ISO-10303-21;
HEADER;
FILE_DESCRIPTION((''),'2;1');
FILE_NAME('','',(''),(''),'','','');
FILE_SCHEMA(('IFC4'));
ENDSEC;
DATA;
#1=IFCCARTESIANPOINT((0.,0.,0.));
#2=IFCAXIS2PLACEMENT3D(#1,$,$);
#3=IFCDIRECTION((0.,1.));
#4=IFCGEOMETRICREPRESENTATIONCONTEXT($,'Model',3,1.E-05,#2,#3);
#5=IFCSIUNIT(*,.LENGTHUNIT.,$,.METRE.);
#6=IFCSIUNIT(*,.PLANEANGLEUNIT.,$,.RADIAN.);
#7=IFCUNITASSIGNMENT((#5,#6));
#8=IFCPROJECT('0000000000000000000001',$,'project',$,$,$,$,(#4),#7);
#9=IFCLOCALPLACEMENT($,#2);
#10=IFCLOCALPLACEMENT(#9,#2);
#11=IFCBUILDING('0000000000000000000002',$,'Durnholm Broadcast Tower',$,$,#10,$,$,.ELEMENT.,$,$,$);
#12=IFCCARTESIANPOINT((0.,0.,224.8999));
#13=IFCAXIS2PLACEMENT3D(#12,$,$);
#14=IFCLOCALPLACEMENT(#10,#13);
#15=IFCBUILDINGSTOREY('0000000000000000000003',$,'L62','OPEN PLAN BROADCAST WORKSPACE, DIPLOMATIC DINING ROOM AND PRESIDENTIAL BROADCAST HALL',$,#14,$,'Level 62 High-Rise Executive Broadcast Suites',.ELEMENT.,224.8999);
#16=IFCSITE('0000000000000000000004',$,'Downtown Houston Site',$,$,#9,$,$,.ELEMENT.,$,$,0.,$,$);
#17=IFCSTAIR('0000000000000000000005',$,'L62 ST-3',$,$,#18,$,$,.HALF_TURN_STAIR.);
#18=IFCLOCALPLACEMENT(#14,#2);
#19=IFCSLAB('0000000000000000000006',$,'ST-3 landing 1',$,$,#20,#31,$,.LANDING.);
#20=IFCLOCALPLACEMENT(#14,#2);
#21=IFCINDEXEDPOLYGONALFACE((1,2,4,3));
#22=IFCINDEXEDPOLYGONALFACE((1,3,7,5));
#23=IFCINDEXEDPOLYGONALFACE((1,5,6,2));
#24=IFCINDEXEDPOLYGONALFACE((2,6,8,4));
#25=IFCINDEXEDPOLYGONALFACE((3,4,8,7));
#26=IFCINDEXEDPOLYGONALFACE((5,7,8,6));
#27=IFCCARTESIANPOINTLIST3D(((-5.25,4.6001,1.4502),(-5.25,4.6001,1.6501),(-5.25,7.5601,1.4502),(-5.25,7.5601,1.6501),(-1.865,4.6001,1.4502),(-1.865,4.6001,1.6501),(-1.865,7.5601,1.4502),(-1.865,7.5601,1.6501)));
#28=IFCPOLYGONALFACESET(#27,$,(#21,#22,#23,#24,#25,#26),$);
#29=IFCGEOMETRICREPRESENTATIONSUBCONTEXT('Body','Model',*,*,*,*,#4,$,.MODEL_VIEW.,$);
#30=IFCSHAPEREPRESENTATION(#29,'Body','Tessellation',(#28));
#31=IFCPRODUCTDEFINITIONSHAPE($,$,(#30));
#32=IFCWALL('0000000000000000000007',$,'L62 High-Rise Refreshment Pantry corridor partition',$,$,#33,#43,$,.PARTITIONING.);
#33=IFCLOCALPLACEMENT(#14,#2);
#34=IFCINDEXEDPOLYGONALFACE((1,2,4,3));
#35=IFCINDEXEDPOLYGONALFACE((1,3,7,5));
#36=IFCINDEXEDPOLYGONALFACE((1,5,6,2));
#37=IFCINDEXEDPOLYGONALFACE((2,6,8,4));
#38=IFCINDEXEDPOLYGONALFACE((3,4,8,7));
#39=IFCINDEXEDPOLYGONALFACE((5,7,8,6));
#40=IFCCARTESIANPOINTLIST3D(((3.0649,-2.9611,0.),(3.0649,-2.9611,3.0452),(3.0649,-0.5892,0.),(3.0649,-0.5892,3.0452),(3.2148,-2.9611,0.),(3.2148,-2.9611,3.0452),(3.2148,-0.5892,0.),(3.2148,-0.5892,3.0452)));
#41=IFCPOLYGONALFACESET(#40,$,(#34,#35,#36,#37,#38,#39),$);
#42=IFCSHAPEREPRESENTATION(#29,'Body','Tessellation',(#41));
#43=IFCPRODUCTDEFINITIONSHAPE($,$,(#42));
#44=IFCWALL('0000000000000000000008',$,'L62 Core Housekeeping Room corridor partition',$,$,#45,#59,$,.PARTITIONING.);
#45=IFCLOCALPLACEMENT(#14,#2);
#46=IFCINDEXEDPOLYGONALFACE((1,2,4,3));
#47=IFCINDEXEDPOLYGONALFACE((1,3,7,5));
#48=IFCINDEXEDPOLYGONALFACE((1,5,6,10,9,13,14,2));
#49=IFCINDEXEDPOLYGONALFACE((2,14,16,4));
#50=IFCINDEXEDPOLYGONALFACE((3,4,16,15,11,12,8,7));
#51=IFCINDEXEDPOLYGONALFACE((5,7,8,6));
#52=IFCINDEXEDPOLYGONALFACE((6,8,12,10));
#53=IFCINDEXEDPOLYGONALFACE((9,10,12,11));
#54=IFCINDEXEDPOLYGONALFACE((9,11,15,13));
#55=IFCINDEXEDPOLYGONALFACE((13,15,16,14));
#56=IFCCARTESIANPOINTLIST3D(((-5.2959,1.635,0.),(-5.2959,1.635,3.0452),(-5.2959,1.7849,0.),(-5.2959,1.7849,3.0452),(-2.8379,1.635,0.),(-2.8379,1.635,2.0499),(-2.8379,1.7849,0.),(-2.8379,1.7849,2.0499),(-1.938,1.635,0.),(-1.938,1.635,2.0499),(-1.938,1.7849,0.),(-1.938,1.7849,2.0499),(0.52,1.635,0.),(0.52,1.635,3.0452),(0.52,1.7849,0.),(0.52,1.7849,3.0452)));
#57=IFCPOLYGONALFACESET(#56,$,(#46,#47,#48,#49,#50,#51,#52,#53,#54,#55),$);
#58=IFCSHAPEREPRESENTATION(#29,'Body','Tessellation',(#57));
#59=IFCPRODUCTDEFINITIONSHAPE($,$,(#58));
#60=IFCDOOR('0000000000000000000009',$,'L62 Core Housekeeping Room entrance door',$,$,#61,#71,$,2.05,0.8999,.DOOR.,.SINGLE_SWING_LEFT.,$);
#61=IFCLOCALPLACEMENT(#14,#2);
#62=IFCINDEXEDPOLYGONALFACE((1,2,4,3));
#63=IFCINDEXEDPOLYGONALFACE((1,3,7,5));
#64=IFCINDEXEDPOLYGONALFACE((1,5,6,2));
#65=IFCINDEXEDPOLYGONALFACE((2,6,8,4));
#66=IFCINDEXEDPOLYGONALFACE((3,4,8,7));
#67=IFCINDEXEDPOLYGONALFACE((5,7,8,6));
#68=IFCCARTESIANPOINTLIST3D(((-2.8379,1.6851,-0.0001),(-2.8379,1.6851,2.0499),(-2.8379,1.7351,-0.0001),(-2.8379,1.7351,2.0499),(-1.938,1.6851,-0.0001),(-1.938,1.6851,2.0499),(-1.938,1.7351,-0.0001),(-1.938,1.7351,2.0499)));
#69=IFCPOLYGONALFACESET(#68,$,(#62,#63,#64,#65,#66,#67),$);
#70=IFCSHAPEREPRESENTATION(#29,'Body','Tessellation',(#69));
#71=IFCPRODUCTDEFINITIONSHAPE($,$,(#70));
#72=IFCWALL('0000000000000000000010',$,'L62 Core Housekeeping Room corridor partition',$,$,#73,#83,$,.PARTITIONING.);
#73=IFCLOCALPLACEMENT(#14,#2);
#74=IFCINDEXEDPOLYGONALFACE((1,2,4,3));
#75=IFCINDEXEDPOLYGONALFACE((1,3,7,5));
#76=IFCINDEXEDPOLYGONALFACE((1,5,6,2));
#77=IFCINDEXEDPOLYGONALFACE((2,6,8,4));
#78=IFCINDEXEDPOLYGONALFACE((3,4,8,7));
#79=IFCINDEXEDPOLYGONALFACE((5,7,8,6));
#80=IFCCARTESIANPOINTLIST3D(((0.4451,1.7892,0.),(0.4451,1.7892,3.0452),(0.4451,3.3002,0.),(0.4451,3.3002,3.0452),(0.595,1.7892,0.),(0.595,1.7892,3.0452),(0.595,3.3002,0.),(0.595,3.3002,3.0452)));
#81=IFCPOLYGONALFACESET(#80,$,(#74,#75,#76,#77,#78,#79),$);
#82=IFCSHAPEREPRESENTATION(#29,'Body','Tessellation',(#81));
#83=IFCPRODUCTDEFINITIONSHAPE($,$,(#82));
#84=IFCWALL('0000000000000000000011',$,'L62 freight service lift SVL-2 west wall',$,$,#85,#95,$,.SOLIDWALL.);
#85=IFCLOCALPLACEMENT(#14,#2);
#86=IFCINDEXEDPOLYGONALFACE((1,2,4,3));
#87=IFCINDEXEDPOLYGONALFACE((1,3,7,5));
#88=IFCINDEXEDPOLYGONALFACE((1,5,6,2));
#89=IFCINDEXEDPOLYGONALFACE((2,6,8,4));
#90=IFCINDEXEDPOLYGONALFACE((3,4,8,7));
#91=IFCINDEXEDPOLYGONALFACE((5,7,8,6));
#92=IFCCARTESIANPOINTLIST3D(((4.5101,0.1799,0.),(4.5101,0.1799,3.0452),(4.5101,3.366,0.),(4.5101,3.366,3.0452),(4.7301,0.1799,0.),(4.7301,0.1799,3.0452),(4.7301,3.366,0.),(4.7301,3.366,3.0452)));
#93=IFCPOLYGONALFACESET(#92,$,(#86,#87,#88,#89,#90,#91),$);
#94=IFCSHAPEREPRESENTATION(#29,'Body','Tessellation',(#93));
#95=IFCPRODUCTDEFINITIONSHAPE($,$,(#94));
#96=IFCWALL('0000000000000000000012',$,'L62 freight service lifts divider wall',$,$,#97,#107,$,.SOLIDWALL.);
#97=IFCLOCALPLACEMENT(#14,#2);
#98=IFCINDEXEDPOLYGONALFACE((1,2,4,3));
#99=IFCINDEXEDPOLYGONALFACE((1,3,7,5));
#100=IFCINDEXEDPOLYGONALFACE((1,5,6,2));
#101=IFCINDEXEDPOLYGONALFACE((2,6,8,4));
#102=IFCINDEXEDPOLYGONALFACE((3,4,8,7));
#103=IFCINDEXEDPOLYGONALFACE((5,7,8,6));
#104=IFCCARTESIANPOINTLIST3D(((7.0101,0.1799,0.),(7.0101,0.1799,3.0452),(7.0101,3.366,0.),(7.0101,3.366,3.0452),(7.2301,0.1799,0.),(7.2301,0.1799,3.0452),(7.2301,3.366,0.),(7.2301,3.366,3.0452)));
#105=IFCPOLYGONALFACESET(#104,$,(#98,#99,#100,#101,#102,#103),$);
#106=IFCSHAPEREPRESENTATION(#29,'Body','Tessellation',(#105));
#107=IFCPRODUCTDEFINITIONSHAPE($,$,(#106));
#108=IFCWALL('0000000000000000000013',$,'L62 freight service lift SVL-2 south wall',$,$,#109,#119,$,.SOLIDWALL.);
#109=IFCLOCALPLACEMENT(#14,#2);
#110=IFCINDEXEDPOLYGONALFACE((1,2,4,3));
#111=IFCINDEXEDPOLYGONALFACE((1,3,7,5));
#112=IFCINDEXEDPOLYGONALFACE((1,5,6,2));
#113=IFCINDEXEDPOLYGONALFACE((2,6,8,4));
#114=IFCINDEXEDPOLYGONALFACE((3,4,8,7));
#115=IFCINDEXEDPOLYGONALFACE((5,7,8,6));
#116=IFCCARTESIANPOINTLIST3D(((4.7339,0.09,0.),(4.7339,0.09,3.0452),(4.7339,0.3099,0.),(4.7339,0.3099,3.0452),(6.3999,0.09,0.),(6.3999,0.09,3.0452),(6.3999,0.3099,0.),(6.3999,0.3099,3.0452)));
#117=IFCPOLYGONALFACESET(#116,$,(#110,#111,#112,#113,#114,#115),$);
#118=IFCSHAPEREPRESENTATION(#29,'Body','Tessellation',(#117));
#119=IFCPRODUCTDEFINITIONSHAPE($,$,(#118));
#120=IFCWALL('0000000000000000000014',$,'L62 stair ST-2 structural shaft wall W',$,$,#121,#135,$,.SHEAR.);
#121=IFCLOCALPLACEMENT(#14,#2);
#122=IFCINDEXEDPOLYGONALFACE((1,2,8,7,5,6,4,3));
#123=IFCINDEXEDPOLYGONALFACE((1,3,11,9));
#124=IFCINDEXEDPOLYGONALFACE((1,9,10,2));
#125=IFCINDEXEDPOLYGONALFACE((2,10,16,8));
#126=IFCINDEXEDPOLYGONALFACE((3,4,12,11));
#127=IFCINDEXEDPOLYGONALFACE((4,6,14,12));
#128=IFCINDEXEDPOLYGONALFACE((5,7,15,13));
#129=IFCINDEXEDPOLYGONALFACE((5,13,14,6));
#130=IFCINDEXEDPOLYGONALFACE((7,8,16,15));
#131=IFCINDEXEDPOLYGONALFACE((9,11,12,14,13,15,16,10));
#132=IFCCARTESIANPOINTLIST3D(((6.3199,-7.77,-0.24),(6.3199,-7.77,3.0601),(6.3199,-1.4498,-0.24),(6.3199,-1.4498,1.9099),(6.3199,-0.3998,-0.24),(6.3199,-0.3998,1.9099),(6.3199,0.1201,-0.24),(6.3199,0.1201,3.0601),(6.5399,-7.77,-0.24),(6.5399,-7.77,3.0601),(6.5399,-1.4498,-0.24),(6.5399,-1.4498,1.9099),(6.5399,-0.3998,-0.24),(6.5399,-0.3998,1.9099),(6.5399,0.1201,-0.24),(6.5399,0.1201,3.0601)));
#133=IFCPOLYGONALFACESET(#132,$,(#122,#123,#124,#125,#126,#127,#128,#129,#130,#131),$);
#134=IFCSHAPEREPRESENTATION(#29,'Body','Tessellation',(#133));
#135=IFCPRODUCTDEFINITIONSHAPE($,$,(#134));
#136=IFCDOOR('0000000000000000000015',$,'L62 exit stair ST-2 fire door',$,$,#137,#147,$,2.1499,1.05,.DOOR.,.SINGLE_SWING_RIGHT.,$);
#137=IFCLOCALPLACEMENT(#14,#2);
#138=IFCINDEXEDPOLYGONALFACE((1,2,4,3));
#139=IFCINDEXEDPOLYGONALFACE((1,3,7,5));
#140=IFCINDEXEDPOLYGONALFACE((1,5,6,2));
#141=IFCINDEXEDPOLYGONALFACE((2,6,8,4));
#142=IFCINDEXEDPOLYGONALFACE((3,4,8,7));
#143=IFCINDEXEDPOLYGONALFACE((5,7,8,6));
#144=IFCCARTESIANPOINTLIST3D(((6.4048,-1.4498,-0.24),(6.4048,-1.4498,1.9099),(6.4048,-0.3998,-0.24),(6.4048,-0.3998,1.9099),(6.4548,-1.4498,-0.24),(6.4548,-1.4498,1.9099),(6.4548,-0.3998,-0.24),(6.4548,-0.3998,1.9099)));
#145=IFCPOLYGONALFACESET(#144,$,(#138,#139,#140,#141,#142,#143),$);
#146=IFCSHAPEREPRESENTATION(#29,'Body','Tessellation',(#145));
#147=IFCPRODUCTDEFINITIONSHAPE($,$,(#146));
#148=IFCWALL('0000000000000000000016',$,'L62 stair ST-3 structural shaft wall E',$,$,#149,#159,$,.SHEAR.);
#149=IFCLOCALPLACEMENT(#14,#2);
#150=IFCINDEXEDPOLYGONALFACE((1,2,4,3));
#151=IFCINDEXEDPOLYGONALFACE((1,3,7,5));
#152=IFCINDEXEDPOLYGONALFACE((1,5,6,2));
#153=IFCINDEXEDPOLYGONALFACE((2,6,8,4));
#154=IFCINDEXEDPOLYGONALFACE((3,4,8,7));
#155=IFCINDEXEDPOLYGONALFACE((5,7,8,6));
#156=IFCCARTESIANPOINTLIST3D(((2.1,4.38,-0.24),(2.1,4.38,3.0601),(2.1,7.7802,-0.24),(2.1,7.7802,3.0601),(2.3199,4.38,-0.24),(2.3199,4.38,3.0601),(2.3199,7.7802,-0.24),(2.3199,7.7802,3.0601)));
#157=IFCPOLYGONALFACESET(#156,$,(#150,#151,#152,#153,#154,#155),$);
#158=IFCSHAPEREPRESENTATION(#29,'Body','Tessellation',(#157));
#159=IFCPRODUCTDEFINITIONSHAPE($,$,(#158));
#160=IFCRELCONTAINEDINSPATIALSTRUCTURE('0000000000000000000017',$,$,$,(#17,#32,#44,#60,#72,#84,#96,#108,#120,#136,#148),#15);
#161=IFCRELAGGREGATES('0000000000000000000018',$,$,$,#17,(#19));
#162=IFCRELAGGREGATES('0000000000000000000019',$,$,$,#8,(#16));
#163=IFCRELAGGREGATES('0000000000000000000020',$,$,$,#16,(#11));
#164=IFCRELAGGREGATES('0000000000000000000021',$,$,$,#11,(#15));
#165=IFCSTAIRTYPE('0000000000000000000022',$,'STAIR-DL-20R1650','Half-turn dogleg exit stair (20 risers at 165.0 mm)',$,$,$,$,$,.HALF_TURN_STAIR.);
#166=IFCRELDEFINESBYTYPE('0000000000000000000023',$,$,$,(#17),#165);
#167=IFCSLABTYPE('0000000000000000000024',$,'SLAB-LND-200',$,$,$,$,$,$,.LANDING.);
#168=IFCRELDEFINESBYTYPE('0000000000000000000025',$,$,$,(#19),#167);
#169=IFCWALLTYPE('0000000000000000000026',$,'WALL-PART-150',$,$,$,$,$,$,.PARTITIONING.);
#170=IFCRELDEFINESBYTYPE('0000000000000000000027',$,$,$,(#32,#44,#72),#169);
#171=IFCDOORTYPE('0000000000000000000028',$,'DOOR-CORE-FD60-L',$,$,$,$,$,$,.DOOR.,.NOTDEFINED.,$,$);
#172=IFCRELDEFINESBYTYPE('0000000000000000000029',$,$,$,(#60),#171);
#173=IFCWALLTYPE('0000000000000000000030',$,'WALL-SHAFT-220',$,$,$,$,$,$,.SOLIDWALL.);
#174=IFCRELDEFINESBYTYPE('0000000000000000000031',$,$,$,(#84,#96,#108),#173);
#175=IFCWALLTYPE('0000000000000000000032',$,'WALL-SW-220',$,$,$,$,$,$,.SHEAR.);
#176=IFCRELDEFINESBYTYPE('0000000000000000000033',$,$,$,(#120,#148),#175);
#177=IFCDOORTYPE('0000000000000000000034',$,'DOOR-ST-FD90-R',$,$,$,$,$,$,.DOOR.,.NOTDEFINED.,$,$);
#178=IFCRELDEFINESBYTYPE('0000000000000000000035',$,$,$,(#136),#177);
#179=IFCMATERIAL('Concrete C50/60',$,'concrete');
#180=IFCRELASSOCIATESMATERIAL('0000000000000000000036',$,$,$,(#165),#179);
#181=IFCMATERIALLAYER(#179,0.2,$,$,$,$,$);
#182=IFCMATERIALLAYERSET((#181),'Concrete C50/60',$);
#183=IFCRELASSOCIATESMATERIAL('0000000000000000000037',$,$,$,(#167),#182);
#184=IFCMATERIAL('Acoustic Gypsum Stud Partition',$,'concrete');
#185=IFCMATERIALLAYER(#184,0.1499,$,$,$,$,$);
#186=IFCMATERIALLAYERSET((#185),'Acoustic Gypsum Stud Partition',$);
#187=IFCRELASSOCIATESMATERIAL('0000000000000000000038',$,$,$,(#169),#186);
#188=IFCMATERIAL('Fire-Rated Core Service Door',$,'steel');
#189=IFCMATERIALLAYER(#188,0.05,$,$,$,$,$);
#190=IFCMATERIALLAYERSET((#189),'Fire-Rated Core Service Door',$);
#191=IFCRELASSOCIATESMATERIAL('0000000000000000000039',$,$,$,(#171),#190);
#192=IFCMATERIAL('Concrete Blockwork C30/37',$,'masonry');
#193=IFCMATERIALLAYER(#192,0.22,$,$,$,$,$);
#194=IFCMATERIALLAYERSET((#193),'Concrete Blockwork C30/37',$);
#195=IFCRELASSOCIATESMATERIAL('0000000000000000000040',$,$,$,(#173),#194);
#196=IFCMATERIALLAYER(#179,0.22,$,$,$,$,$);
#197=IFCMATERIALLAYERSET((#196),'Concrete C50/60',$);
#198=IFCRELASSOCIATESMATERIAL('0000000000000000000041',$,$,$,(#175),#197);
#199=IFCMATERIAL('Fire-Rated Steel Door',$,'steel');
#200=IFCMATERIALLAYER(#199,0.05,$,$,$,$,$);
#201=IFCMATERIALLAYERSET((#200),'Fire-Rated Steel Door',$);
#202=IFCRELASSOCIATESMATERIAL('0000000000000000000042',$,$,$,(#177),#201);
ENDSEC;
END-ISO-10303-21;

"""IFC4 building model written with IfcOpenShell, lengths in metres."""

from ifc_helpers import new_model, si_unit, direction, frame, frame_2d, origin, place, context, subcontext, project, spatial, polyline, rectangle, outline, extrude, source, transform, mapped, material, layer, layer_set, type_object, type_shapes, element, fill, aggregate, save


model = new_model("IFC4")

# Units and contexts
model_context = context("Model", 3, precision=1e-05, world=origin(), true_north=direction((0.0, 1.0)))
body_context = subcontext(model_context, "Body", "Model", "MODEL_VIEW")
ifc_project = project(units=[si_unit("LENGTHUNIT", "METRE"), si_unit("PLANEANGLEUNIT", "RADIAN")], contexts=[model_context])

# Site, building, storey
site_placement = place(None, origin())
site = spatial("IfcSite", under=ifc_project, at=site_placement, Name="Downtown Houston Site", CompositionType="ELEMENT", RefElevation=0.0)
building_placement = place(site_placement, origin())
building = spatial("IfcBuilding", under=site, at=building_placement, Name="Durnholm Broadcast Tower", CompositionType="ELEMENT")
storey_placement = place(building_placement, frame((0.0, 0.0, 224.8999)))
storey = spatial("IfcBuildingStorey", under=building, at=storey_placement, Name="L62", Description="OPEN PLAN BROADCAST WORKSPACE, DIPLOMATIC DINING ROOM AND PRESIDENTIAL BROADCAST HALL", LongName="Level 62 High-Rise Executive Broadcast Suites", CompositionType="ELEMENT", Elevation=224.8999)

# Stair, slab
ifc_material_1 = material(Name="Concrete C50/60", Category="concrete")
stair_type = type_object("IfcStairType", Name="STAIR-DL-20R1650", Description="Half-turn dogleg exit stair (20 risers at 165.0 mm)", PredefinedType="HALF_TURN_STAIR", material=ifc_material_1)
stair_placement = place(storey_placement, origin())
stair = element("IfcStair", 1, at=stair_placement, inside=storey, type_object=stair_type, Name="L62 ST-3", PredefinedType="HALF_TURN_STAIR")
ifc_layer_1 = layer(ifc_material_1, 0.2)
ifc_layer_set_1 = layer_set([ifc_layer_1], Name="Concrete C50/60")
slab_type = type_object("IfcSlabType", Name="SLAB-LND-200", PredefinedType="LANDING", material=ifc_layer_set_1)
slab_placement = place(storey_placement, frame((0.0, 0.0, 1.4502)))
slab = element("IfcSlab", 2, at=slab_placement, type_object=slab_type, Name="ST-3 landing 1", PredefinedType="LANDING", context=body_context, shape_type="SweptSolid", body=[
    extrude(outline(polyline([(-1.865, 7.5601), (-5.25, 7.5601), (-5.25, 4.6001), (-1.865, 4.6001), (-1.865, 7.5601)])), origin(), (0.0, 0.0, 1.0), 0.2),
])

# Wall
ifc_material_2 = material(Name="Acoustic Gypsum Stud Partition", Category="concrete")
ifc_layer_2 = layer(ifc_material_2, 0.1499)
ifc_layer_set_2 = layer_set([ifc_layer_2], Name="Acoustic Gypsum Stud Partition")
wall_type_1 = type_object("IfcWallType", Name="WALL-PART-150", PredefinedType="PARTITIONING", material=ifc_layer_set_2)
wall_1_placement = place(storey_placement, frame((3.1399, -0.5891, 0.0), z_axis=(0.0, 0.0, 1.0), x_axis=(0.0, -1.0, 0.0)))
element("IfcWall", 3, at=wall_1_placement, inside=storey, type_object=wall_type_1, Name="L62 High-Rise Refreshment Pantry corridor partition", PredefinedType="PARTITIONING", context=body_context, shape_type="SweptSolid", body=[
    extrude(rectangle(XDim=2.3718, YDim=0.1499, at=frame_2d((1.186, 0.0))), origin(), (0.0, 0.0, 1.0), 3.0452),
])

# Wall, opening, door
wall_2_placement = place(storey_placement, frame((0.52, 1.71, 0.0), z_axis=(0.0, 0.0, 1.0), x_axis=(-1.0, 0.0, 0.0)))
wall_2 = element("IfcWall", 4, at=wall_2_placement, inside=storey, type_object=wall_type_1, Name="L62 Core Housekeeping Room corridor partition", PredefinedType="PARTITIONING", context=body_context, shape_type="SweptSolid", body=[
    extrude(rectangle(XDim=5.8159, YDim=0.1499, at=frame_2d((2.908, 0.0))), origin(), (0.0, 0.0, 1.0), 3.0452),
])
opening_1_placement = place(wall_2_placement, frame((2.458, 0.0, 0.0)))
opening_1 = element("IfcOpeningElement", 5, at=opening_1_placement, cuts=wall_2, PredefinedType="OPENING", context=body_context, shape_type="SweptSolid", body=[
    extrude(rectangle(XDim=0.8999, YDim=2.05, at=frame_2d((0.45, 1.0249))), frame((0.0, 0.085, 0.0), z_axis=(0.0, -1.0, 0.0), x_axis=(1.0, 0.0, 0.0)), (0.0, 0.0, 1.0), 0.1699),
])
ifc_material_3 = material(Name="Fire-Rated Core Service Door", Category="steel")
ifc_layer_3 = layer(ifc_material_3, 0.05)
ifc_layer_set_3 = layer_set([ifc_layer_3], Name="Fire-Rated Core Service Door")
door_type_1 = type_object("IfcDoorType", Name="DOOR-CORE-FD60-L", OperationType="NOTDEFINED", PredefinedType="DOOR", material=ifc_layer_set_3)
shared_shape_1 = source(origin(), body_context, "Body", "SweptSolid", [
    extrude(rectangle(XDim=0.8999, YDim=2.05, at=frame_2d((0.45, 1.0249))), frame((0.0, 0.0249, 0.0), z_axis=(0.0, -1.0, 0.0), x_axis=(1.0, 0.0, 0.0)), (0.0, 0.0, 1.0), 0.05),
])
type_shapes(door_type_1, [shared_shape_1])
door_1_placement = place(opening_1_placement, origin())
door_1 = element("IfcDoor", 6, at=door_1_placement, inside=storey, type_object=door_type_1, Name="L62 Core Housekeeping Room entrance door", OperationType="SINGLE_SWING_LEFT", OverallHeight=2.05, OverallWidth=0.8999, PredefinedType="DOOR", context=body_context, shape_type="MappedRepresentation", body=[
    mapped(shared_shape_1, transform((0.0, 0.0, 0.0), x_axis=(1.0, 0.0, 0.0), y_axis=(0.0, 1.0, 0.0), z_axis=(0.0, 0.0, 1.0), scale=1.0)),
])
fill(opening_1, door_1)

# Wall
wall_3_placement = place(storey_placement, frame((0.52, 3.3, 0.0), z_axis=(0.0, 0.0, 1.0), x_axis=(0.0, -1.0, 0.0)))
element("IfcWall", 7, at=wall_3_placement, inside=storey, type_object=wall_type_1, Name="L62 Core Housekeeping Room corridor partition", PredefinedType="PARTITIONING", context=body_context, shape_type="SweptSolid", body=[
    extrude(rectangle(XDim=1.511, YDim=0.1499, at=frame_2d((0.7554, 0.0))), origin(), (0.0, 0.0, 1.0), 3.0452),
])

# Shared definitions
ifc_material_4 = material(Name="Concrete Blockwork C30/37", Category="masonry")
ifc_layer_4 = layer(ifc_material_4, 0.22)
ifc_layer_set_4 = layer_set([ifc_layer_4], Name="Concrete Blockwork C30/37")
wall_type_2 = type_object("IfcWallType", Name="WALL-SHAFT-220", PredefinedType="SOLIDWALL", material=ifc_layer_set_4)

# Walls
for number, where, z_axis, x_axis, name in (
    (8, (4.6201, 0.1799, 0.0), (0.0, 0.0, 1.0), (0.0, 1.0, 0.0), "L62 freight service lift SVL-2 west wall"),
    (9, (7.1201, 0.1799, 0.0), (0.0, 0.0, 1.0), (0.0, 1.0, 0.0), "L62 freight service lifts divider wall"),
):
    element("IfcWall", number, at=place(storey_placement, frame(where, z_axis=z_axis, x_axis=x_axis)), inside=storey, type_object=wall_type_2, Name=name, PredefinedType="SOLIDWALL", context=body_context, shape_type="SweptSolid", body=[
        extrude(rectangle(XDim=3.186, YDim=0.22, at=frame_2d((1.593, 0.0))), origin(), (0.0, 0.0, 1.0), 3.0452),
    ])
wall_4_placement = place(storey_placement, frame((4.7339, 0.2, 0.0), z_axis=(0.0, 0.0, 1.0), x_axis=(1.0, 0.0, 0.0)))
element("IfcWall", 10, at=wall_4_placement, inside=storey, type_object=wall_type_2, Name="L62 freight service lift SVL-2 south wall", PredefinedType="SOLIDWALL", context=body_context, shape_type="SweptSolid", body=[
    extrude(rectangle(XDim=1.666, YDim=0.22, at=frame_2d((0.833, 0.0))), origin(), (0.0, 0.0, 1.0), 3.0452),
])

# Wall, opening, door
ifc_layer_5 = layer(ifc_material_1, 0.22)
ifc_layer_set_5 = layer_set([ifc_layer_5], Name="Concrete C50/60")
wall_type_3 = type_object("IfcWallType", Name="WALL-SW-220", PredefinedType="SHEAR", material=ifc_layer_set_5)
wall_5_placement = place(storey_placement, frame((6.4299, 0.1201, -0.24), z_axis=(0.0, 0.0, 1.0), x_axis=(0.0, -1.0, 0.0)))
wall_5 = element("IfcWall", 11, at=wall_5_placement, inside=storey, type_object=wall_type_3, Name="L62 stair ST-2 structural shaft wall W", PredefinedType="SHEAR", context=body_context, shape_type="SweptSolid", body=[
    extrude(rectangle(XDim=7.8901, YDim=0.22, at=frame_2d((3.9451, 0.0))), origin(), (0.0, 0.0, 1.0), 3.3),
])
opening_2_placement = place(wall_5_placement, frame((0.52, 0.0, 0.0)))
opening_2 = element("IfcOpeningElement", 12, at=opening_2_placement, cuts=wall_5, PredefinedType="OPENING", context=body_context, shape_type="SweptSolid", body=[
    extrude(rectangle(XDim=1.05, YDim=2.1499, at=frame_2d((0.5249, 1.075))), frame((0.0, 0.1201, 0.0), z_axis=(0.0, -1.0, 0.0), x_axis=(1.0, 0.0, 0.0)), (0.0, 0.0, 1.0), 0.24),
])
ifc_material_5 = material(Name="Fire-Rated Steel Door", Category="steel")
ifc_layer_6 = layer(ifc_material_5, 0.05)
ifc_layer_set_6 = layer_set([ifc_layer_6], Name="Fire-Rated Steel Door")
door_type_2 = type_object("IfcDoorType", Name="DOOR-ST-FD90-R", OperationType="NOTDEFINED", PredefinedType="DOOR", material=ifc_layer_set_6)
shared_shape_2 = source(origin(), body_context, "Body", "SweptSolid", [
    extrude(rectangle(XDim=1.05, YDim=2.1499, at=frame_2d((0.5249, 1.075))), frame((0.0, 0.0249, 0.0), z_axis=(0.0, -1.0, 0.0), x_axis=(1.0, 0.0, 0.0)), (0.0, 0.0, 1.0), 0.05),
])
type_shapes(door_type_2, [shared_shape_2])
door_2_placement = place(opening_2_placement, origin())
door_2 = element("IfcDoor", 13, at=door_2_placement, inside=storey, type_object=door_type_2, Name="L62 exit stair ST-2 fire door", OperationType="SINGLE_SWING_RIGHT", OverallHeight=2.1499, OverallWidth=1.05, PredefinedType="DOOR", context=body_context, shape_type="MappedRepresentation", body=[
    mapped(shared_shape_2, transform((0.0, 0.0, 0.0), x_axis=(1.0, 0.0, 0.0), y_axis=(0.0, 1.0, 0.0), z_axis=(0.0, 0.0, 1.0), scale=1.0)),
])
fill(opening_2, door_2)

# Wall
wall_6_placement = place(storey_placement, frame((2.21, 4.3799, -0.24), z_axis=(0.0, 0.0, 1.0), x_axis=(0.0, 1.0, 0.0)))
element("IfcWall", 14, at=wall_6_placement, inside=storey, type_object=wall_type_3, Name="L62 stair ST-3 structural shaft wall E", PredefinedType="SHEAR", context=body_context, shape_type="SweptSolid", body=[
    extrude(rectangle(XDim=3.4001, YDim=0.22, at=frame_2d((1.7002, 0.0))), origin(), (0.0, 0.0, 1.0), 3.3),
])

aggregate(stair, [slab])

save(model, "model.ifc")
